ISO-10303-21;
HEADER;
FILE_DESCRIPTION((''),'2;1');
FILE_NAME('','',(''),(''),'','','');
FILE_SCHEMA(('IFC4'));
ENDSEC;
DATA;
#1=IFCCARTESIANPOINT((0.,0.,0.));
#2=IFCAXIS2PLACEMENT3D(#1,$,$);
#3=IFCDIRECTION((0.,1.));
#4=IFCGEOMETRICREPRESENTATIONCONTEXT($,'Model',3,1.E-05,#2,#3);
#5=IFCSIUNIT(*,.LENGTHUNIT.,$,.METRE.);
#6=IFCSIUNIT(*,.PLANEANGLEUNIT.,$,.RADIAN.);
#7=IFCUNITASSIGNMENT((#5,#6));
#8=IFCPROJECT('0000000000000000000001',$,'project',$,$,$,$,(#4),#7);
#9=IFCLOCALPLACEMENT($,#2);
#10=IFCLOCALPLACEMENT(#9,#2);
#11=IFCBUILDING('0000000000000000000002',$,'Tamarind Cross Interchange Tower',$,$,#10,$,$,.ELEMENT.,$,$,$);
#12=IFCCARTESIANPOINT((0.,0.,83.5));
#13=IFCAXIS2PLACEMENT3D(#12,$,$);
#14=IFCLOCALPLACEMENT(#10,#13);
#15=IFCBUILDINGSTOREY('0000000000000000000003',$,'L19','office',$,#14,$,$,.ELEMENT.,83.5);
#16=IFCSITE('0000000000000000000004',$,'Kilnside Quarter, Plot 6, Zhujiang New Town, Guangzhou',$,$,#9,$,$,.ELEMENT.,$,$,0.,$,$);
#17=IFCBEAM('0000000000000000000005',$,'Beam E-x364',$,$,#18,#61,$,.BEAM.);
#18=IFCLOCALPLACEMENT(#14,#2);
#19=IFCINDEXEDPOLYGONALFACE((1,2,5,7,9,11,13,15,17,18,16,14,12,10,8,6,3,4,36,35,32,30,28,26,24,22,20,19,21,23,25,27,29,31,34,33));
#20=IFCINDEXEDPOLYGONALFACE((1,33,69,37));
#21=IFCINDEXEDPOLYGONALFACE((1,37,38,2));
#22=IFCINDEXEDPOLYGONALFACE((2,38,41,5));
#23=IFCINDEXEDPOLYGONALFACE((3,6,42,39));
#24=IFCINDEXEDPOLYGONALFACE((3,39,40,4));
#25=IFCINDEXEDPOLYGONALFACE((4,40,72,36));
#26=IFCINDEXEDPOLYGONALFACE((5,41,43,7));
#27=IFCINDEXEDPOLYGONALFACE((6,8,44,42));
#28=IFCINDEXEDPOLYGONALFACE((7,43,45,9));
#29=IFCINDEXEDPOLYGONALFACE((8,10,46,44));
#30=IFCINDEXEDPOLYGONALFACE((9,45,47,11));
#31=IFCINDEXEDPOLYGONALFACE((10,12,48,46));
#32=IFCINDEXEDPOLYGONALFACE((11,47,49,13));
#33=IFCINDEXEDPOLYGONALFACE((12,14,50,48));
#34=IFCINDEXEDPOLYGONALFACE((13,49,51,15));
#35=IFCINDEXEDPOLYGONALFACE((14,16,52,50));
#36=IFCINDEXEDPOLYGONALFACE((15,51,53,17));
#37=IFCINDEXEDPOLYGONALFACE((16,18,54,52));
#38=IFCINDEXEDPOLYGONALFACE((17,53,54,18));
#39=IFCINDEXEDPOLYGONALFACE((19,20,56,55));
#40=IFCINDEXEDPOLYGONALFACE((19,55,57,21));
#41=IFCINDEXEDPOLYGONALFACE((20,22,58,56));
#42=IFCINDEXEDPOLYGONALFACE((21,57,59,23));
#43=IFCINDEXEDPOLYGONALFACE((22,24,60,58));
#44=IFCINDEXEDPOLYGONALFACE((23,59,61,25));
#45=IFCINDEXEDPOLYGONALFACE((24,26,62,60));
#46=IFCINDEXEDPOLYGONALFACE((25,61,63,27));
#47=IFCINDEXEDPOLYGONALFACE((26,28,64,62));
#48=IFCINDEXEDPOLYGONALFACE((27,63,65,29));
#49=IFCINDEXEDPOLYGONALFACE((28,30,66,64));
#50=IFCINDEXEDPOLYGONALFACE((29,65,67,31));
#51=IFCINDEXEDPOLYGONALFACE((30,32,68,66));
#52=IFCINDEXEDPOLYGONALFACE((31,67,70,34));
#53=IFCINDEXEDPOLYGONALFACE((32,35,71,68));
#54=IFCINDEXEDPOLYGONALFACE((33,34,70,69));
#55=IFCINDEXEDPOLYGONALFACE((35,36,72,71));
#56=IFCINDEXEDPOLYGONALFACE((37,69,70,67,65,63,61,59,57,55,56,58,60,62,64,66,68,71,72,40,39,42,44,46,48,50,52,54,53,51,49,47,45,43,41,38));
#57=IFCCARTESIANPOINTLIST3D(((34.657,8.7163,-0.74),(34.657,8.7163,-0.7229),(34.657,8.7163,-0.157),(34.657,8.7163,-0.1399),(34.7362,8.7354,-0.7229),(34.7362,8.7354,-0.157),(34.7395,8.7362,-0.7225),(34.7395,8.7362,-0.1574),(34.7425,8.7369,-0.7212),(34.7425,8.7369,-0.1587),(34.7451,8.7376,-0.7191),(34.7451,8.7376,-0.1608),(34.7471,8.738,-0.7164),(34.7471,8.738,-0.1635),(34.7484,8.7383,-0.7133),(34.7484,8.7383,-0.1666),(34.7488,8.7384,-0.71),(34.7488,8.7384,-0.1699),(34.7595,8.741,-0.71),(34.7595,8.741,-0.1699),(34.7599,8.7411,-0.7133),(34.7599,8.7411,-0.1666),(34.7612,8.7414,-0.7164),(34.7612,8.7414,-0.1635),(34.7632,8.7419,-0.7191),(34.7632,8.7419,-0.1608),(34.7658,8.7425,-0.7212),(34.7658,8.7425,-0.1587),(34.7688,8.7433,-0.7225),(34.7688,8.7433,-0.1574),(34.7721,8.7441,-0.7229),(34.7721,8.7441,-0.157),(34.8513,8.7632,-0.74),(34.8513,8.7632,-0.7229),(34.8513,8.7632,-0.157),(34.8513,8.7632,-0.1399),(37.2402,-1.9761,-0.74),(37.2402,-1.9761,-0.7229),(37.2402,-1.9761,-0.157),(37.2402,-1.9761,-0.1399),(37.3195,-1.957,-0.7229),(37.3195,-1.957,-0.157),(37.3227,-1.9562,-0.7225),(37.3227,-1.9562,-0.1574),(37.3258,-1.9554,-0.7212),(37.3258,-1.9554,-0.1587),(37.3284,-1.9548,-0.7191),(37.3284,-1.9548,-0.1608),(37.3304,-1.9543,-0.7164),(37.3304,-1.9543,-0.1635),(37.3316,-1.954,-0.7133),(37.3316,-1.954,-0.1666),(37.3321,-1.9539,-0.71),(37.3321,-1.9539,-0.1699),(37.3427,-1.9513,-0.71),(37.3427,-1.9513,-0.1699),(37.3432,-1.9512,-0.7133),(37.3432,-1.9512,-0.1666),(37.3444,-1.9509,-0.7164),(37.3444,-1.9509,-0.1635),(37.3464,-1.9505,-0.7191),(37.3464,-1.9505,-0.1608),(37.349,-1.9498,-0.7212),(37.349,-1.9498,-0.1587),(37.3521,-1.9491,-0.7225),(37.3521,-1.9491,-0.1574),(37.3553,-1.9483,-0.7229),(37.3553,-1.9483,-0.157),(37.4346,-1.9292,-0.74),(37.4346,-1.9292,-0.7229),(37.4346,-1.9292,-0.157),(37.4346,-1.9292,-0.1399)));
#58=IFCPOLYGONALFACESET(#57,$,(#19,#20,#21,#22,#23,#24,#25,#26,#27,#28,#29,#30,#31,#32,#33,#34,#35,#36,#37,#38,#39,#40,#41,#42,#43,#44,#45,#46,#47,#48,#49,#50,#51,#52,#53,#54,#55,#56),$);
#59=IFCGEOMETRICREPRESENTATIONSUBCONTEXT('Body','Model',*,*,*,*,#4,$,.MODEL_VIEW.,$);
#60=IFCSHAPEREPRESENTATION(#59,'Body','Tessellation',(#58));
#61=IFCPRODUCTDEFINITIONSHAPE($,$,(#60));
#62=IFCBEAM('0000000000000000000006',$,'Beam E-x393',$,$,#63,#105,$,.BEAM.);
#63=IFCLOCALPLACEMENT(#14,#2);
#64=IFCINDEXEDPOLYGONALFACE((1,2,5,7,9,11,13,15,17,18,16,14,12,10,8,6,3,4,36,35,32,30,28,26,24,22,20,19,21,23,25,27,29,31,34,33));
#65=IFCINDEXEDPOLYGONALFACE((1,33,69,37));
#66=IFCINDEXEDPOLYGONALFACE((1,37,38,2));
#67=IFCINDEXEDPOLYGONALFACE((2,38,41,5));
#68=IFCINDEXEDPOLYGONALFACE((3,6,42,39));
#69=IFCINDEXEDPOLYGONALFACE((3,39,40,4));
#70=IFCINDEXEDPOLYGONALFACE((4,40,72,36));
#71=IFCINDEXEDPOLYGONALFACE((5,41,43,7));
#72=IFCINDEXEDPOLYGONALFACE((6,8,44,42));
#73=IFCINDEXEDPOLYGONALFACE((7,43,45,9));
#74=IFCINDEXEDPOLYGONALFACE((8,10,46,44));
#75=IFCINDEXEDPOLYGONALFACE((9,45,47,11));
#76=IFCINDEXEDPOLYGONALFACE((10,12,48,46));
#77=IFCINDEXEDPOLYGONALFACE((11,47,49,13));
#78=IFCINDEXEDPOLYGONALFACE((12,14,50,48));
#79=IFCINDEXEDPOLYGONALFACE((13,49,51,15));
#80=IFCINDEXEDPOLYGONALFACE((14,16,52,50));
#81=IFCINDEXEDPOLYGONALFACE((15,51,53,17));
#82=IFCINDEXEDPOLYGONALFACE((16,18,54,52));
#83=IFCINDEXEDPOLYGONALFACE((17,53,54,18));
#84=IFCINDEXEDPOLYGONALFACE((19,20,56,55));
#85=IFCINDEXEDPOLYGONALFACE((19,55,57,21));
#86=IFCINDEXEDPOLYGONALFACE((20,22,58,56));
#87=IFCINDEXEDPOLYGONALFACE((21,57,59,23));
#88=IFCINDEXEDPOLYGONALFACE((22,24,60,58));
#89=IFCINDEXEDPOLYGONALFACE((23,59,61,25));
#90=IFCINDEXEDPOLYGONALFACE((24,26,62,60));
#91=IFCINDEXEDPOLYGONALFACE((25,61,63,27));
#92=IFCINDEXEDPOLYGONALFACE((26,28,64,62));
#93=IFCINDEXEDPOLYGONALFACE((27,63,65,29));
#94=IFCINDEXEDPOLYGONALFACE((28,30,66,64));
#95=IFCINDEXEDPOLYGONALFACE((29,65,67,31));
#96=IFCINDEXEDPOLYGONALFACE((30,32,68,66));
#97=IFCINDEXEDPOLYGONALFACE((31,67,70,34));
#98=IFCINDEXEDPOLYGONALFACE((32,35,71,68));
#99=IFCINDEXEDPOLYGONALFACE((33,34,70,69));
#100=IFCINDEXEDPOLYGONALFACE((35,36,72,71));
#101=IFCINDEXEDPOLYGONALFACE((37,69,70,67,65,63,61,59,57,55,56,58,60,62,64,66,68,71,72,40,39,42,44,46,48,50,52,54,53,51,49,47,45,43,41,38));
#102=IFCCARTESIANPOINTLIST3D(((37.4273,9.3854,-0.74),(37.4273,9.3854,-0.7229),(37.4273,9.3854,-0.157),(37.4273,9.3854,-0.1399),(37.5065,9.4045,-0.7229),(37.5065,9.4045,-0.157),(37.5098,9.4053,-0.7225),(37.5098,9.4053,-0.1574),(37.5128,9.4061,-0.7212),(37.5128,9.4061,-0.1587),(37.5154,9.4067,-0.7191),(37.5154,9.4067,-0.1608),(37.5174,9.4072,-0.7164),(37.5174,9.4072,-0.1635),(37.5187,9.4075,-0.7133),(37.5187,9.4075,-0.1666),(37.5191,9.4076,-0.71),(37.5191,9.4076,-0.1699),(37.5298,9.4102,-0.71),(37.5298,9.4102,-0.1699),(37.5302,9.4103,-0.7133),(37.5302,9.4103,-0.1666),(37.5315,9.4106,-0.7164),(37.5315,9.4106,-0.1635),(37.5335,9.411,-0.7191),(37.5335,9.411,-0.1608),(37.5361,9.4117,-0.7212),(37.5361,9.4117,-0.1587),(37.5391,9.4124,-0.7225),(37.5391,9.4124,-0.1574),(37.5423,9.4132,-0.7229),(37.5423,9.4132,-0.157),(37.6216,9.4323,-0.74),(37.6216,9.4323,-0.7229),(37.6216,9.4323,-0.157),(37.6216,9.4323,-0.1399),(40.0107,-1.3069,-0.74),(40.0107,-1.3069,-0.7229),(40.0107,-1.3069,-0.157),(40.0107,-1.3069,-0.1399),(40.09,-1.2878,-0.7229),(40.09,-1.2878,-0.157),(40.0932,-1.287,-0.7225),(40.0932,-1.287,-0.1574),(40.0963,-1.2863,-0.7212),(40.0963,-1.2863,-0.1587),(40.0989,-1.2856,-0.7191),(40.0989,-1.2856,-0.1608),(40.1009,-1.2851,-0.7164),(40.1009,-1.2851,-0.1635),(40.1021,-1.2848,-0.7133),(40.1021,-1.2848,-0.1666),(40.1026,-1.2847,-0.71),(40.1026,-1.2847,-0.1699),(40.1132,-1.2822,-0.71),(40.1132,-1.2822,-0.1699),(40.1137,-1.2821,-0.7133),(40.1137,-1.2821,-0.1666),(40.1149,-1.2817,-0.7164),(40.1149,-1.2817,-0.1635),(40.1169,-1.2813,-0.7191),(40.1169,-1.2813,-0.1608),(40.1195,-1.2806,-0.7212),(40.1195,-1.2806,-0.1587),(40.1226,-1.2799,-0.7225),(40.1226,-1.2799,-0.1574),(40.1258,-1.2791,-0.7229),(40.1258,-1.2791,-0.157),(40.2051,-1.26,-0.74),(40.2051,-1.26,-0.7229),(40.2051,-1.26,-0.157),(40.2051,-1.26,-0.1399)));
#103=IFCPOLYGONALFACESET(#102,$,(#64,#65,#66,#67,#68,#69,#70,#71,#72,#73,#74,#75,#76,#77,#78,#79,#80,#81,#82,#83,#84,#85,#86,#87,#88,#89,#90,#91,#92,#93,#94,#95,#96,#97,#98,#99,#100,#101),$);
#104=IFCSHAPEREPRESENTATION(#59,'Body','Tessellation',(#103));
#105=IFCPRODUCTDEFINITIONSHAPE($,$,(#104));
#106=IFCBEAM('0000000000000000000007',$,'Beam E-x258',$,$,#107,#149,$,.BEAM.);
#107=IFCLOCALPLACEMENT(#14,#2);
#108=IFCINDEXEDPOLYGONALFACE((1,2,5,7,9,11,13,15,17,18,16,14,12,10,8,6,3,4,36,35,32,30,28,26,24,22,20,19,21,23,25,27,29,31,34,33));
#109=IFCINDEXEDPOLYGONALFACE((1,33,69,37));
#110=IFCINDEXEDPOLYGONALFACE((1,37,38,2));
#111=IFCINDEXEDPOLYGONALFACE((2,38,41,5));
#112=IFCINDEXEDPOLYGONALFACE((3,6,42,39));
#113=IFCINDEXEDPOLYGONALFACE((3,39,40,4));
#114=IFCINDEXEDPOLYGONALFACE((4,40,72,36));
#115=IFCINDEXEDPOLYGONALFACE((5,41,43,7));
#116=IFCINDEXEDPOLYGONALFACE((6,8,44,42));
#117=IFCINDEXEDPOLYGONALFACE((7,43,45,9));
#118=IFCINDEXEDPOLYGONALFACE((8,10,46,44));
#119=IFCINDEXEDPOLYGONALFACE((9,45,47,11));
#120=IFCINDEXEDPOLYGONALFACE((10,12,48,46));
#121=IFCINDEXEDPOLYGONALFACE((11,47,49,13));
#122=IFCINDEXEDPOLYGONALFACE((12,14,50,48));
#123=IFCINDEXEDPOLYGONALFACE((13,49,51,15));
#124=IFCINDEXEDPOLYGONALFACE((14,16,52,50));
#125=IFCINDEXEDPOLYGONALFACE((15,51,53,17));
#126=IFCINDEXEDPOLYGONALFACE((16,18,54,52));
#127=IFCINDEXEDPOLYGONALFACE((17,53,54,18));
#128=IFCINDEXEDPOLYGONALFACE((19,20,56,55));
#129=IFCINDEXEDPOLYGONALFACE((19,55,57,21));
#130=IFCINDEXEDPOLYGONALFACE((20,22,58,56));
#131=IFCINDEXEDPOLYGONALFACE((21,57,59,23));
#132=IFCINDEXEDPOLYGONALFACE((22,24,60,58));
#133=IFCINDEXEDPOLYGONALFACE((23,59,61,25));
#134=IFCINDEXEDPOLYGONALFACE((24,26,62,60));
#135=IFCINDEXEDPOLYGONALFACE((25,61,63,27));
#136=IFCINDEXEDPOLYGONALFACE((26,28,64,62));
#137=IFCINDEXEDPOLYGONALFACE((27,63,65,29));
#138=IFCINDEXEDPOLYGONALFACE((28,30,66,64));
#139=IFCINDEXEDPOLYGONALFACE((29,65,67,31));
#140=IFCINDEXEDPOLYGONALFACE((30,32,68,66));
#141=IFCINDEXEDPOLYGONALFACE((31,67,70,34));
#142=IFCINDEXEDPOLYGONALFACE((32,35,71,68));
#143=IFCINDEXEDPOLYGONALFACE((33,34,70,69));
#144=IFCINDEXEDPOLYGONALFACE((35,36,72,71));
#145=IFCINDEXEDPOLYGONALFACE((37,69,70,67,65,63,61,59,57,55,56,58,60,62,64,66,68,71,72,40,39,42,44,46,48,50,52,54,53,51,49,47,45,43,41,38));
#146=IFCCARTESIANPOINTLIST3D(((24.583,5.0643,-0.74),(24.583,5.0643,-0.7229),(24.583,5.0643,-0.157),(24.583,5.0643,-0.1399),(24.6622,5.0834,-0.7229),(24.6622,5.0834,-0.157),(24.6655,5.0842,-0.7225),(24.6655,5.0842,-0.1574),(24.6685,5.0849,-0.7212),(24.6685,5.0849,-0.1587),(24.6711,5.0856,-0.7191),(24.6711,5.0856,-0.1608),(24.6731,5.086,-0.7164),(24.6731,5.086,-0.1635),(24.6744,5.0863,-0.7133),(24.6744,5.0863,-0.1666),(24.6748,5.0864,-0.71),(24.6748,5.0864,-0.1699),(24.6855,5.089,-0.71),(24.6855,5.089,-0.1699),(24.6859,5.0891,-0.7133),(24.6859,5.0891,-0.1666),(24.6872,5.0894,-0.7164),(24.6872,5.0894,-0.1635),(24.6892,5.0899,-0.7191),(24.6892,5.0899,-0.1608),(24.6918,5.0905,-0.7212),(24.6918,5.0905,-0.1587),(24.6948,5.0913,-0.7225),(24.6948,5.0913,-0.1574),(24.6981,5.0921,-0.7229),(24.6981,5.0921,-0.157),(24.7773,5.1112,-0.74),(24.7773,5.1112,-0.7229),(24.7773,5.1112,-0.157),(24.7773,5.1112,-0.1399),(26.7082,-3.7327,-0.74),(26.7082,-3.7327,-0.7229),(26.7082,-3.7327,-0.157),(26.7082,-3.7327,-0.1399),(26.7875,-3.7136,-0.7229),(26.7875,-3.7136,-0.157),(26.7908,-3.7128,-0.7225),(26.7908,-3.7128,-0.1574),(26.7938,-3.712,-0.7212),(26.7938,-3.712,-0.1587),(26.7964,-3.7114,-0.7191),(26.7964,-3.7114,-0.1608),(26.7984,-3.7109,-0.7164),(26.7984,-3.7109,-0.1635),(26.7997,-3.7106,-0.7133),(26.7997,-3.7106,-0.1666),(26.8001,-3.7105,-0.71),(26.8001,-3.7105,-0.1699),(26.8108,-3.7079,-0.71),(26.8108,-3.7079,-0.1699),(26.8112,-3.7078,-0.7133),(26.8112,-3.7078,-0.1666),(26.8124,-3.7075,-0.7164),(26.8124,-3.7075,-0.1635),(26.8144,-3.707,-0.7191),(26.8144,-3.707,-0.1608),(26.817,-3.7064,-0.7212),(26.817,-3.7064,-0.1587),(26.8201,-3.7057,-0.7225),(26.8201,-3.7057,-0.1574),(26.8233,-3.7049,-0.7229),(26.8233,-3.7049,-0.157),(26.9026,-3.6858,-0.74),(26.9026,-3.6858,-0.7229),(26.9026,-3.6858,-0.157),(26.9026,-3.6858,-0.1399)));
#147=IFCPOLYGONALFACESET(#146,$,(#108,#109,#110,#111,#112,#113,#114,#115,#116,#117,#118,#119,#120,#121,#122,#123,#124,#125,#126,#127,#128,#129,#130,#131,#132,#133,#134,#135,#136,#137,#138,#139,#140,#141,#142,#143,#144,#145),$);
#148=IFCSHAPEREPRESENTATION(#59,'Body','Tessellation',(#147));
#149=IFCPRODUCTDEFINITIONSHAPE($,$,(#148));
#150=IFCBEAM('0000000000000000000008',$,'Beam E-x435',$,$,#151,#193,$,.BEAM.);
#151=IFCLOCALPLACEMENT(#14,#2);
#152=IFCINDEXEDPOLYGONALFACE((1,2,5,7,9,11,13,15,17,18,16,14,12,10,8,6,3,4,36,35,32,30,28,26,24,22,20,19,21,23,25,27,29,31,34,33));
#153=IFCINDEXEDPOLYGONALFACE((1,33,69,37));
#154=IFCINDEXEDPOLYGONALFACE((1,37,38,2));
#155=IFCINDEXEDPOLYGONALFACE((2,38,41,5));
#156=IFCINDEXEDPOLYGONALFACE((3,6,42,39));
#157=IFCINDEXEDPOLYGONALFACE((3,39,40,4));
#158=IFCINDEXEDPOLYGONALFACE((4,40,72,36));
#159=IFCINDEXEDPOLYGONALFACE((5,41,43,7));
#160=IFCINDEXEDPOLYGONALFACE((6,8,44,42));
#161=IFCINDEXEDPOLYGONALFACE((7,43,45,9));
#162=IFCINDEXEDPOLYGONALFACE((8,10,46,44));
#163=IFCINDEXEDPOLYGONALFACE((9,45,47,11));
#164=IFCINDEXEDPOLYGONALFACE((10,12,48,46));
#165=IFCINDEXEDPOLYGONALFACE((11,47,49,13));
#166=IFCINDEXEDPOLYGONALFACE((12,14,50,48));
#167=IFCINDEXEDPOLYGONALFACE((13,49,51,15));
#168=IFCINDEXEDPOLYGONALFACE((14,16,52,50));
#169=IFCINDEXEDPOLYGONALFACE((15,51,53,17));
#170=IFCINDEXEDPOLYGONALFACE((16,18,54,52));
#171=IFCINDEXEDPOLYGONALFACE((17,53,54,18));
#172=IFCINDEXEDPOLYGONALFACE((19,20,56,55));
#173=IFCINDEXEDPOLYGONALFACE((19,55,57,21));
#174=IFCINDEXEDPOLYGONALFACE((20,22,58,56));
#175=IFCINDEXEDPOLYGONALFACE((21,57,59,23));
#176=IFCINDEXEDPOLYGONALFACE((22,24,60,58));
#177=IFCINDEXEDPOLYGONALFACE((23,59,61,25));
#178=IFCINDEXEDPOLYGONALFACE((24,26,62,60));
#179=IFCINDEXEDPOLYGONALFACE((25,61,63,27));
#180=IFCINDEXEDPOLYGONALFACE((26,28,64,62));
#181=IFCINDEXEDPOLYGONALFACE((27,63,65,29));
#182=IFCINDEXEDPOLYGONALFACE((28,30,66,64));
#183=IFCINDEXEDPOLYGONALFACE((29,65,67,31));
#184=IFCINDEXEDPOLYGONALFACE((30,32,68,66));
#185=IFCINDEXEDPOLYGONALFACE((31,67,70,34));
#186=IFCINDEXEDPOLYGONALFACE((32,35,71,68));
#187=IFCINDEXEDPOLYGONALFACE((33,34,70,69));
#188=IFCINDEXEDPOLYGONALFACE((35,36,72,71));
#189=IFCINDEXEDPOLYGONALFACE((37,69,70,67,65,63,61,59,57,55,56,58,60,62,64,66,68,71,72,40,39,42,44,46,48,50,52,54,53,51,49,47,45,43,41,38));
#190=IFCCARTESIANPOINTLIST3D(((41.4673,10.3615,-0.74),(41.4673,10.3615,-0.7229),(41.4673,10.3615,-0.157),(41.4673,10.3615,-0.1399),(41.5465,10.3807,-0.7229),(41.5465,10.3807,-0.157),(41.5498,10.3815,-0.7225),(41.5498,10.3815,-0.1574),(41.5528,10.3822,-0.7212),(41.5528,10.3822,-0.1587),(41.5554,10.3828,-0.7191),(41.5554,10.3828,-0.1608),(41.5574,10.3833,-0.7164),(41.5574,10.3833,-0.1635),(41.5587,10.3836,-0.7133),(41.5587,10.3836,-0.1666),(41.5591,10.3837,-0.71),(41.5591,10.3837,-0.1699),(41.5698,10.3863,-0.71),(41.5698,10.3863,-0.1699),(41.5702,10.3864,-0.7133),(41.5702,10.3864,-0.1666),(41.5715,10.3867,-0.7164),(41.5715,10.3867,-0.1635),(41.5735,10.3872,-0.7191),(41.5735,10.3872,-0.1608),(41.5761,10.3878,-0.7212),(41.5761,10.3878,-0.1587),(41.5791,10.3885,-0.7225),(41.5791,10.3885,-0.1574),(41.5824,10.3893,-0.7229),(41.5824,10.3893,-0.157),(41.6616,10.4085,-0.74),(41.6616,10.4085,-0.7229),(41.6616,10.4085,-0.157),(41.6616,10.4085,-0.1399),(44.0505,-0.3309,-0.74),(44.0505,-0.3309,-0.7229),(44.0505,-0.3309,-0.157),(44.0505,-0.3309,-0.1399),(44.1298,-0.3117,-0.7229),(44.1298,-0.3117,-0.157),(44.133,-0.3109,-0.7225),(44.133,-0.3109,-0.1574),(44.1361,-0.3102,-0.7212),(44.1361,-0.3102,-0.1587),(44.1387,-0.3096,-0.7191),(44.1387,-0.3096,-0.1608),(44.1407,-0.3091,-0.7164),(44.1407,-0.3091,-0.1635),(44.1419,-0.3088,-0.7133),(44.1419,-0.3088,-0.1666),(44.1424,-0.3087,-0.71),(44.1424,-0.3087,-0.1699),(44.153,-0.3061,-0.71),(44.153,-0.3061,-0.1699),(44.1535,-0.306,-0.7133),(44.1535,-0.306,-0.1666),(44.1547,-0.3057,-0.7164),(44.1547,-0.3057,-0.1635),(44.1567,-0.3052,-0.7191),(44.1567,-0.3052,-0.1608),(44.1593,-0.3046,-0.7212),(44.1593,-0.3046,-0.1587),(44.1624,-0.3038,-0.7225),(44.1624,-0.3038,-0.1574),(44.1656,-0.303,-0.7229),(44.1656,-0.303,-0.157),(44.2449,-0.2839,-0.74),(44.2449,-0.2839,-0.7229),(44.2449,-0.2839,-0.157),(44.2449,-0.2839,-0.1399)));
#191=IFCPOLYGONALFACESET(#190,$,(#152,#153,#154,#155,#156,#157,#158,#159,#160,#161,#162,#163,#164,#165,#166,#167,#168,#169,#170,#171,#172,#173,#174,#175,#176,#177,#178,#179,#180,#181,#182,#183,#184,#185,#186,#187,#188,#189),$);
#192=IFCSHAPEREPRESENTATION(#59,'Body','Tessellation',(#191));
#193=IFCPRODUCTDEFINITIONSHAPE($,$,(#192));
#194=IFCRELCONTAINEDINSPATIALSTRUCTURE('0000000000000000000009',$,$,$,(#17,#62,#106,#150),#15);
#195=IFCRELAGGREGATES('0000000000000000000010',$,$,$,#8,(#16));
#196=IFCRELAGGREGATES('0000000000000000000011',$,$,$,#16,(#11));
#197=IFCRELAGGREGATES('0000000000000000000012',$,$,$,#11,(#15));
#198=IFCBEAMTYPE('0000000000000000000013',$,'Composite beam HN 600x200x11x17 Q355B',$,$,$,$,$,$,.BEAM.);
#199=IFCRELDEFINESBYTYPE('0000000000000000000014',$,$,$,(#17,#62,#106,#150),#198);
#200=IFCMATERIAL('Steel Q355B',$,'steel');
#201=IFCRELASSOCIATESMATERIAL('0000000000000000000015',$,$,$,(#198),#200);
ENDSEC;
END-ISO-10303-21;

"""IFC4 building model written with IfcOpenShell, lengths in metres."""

from ifc_helpers import new_model, si_unit, direction, frame, origin, origin_2d, place, context, subcontext, project, spatial, i_section, extrude, material, material_profile, profile_set, type_object, element, save


model = new_model("IFC4")

# Units and contexts
model_context = context("Model", 3, precision=1e-05, world=origin(), true_north=direction((0.0, 1.0)))
body_context = subcontext(model_context, "Body", "Model", "MODEL_VIEW")
ifc_project = project(units=[si_unit("LENGTHUNIT", "METRE"), si_unit("PLANEANGLEUNIT", "RADIAN")], contexts=[model_context])

# Site, building, storey
site_placement = place(None, origin())
site = spatial("IfcSite", under=ifc_project, at=site_placement, Name="Kilnside Quarter, Plot 6, Zhujiang New Town, Guangzhou", CompositionType="ELEMENT", RefElevation=0.0)
building_placement = place(site_placement, origin())
building = spatial("IfcBuilding", under=site, at=building_placement, Name="Tamarind Cross Interchange Tower", CompositionType="ELEMENT")
storey_placement = place(building_placement, frame((0.0, 0.0, 83.5)))
storey = spatial("IfcBuildingStorey", under=building, at=storey_placement, Name="L19", Description="office", CompositionType="ELEMENT", Elevation=83.5)

# Beams
ifc_material_1 = material(Name="Steel Q355B", Category="steel")
ifc_material_profile_1 = material_profile(ifc_material_1, i_section(OverallWidth=0.2, OverallDepth=0.6001, WebThickness=0.011, FlangeThickness=0.0171, FilletRadius=0.0129, at=origin_2d()), Name="HN 600x200x11x17")
ifc_profile_set_1 = profile_set([ifc_material_profile_1], Name="Steel Q355B")
beam_type_1 = type_object("IfcBeamType", Name="Composite beam HN 600x200x11x17 Q355B", PredefinedType="BEAM", material=ifc_profile_set_1)
for number, where, z_axis, x_axis, name in (
    (1, (37.3374, -1.9526, -0.4399), (-0.234841, 0.972034, 0.0), (-0.972034, -0.234841, 0.0), "Beam E-x364"),
    (2, (40.1079, -1.2834, -0.4399), (-0.234862, 0.972029, 0.0), (-0.972029, -0.234862, 0.0), "Beam E-x393"),
):
    element("IfcBeam", number, at=place(storey_placement, frame(where, z_axis=z_axis, x_axis=x_axis)), inside=storey, type_object=beam_type_1, Name=name, PredefinedType="BEAM", context=body_context, shape_type="SweptSolid", body=[
        extrude(i_section(OverallWidth=0.2, OverallDepth=0.6001, WebThickness=0.011, FlangeThickness=0.0171, FilletRadius=0.0129, at=origin_2d()), origin(), (0.0, 0.0, 1.0), 11.0),
    ])
beam_1_placement = place(storey_placement, frame((26.8054, -3.7092, -0.4399), z_axis=(-0.234835, 0.972035, 0.0), x_axis=(-0.972035, -0.234835, 0.0)))
element("IfcBeam", 3, at=beam_1_placement, inside=storey, type_object=beam_type_1, Name="Beam E-x258", PredefinedType="BEAM", context=body_context, shape_type="SweptSolid", body=[
    extrude(i_section(OverallWidth=0.2, OverallDepth=0.6001, WebThickness=0.011, FlangeThickness=0.0171, FilletRadius=0.0129, at=origin_2d()), origin(), (0.0, 0.0, 1.0), 9.05),
])
beam_2_placement = place(storey_placement, frame((44.1477, -0.3074, -0.4399), z_axis=(-0.234841, 0.972034, 0.0), x_axis=(-0.972034, -0.234841, 0.0)))
element("IfcBeam", 4, at=beam_2_placement, inside=storey, type_object=beam_type_1, Name="Beam E-x435", PredefinedType="BEAM", context=body_context, shape_type="SweptSolid", body=[
    extrude(i_section(OverallWidth=0.2, OverallDepth=0.6001, WebThickness=0.011, FlangeThickness=0.0171, FilletRadius=0.0129, at=origin_2d()), origin(), (0.0, 0.0, 1.0), 11.0),
])

save(model, "model.ifc")
